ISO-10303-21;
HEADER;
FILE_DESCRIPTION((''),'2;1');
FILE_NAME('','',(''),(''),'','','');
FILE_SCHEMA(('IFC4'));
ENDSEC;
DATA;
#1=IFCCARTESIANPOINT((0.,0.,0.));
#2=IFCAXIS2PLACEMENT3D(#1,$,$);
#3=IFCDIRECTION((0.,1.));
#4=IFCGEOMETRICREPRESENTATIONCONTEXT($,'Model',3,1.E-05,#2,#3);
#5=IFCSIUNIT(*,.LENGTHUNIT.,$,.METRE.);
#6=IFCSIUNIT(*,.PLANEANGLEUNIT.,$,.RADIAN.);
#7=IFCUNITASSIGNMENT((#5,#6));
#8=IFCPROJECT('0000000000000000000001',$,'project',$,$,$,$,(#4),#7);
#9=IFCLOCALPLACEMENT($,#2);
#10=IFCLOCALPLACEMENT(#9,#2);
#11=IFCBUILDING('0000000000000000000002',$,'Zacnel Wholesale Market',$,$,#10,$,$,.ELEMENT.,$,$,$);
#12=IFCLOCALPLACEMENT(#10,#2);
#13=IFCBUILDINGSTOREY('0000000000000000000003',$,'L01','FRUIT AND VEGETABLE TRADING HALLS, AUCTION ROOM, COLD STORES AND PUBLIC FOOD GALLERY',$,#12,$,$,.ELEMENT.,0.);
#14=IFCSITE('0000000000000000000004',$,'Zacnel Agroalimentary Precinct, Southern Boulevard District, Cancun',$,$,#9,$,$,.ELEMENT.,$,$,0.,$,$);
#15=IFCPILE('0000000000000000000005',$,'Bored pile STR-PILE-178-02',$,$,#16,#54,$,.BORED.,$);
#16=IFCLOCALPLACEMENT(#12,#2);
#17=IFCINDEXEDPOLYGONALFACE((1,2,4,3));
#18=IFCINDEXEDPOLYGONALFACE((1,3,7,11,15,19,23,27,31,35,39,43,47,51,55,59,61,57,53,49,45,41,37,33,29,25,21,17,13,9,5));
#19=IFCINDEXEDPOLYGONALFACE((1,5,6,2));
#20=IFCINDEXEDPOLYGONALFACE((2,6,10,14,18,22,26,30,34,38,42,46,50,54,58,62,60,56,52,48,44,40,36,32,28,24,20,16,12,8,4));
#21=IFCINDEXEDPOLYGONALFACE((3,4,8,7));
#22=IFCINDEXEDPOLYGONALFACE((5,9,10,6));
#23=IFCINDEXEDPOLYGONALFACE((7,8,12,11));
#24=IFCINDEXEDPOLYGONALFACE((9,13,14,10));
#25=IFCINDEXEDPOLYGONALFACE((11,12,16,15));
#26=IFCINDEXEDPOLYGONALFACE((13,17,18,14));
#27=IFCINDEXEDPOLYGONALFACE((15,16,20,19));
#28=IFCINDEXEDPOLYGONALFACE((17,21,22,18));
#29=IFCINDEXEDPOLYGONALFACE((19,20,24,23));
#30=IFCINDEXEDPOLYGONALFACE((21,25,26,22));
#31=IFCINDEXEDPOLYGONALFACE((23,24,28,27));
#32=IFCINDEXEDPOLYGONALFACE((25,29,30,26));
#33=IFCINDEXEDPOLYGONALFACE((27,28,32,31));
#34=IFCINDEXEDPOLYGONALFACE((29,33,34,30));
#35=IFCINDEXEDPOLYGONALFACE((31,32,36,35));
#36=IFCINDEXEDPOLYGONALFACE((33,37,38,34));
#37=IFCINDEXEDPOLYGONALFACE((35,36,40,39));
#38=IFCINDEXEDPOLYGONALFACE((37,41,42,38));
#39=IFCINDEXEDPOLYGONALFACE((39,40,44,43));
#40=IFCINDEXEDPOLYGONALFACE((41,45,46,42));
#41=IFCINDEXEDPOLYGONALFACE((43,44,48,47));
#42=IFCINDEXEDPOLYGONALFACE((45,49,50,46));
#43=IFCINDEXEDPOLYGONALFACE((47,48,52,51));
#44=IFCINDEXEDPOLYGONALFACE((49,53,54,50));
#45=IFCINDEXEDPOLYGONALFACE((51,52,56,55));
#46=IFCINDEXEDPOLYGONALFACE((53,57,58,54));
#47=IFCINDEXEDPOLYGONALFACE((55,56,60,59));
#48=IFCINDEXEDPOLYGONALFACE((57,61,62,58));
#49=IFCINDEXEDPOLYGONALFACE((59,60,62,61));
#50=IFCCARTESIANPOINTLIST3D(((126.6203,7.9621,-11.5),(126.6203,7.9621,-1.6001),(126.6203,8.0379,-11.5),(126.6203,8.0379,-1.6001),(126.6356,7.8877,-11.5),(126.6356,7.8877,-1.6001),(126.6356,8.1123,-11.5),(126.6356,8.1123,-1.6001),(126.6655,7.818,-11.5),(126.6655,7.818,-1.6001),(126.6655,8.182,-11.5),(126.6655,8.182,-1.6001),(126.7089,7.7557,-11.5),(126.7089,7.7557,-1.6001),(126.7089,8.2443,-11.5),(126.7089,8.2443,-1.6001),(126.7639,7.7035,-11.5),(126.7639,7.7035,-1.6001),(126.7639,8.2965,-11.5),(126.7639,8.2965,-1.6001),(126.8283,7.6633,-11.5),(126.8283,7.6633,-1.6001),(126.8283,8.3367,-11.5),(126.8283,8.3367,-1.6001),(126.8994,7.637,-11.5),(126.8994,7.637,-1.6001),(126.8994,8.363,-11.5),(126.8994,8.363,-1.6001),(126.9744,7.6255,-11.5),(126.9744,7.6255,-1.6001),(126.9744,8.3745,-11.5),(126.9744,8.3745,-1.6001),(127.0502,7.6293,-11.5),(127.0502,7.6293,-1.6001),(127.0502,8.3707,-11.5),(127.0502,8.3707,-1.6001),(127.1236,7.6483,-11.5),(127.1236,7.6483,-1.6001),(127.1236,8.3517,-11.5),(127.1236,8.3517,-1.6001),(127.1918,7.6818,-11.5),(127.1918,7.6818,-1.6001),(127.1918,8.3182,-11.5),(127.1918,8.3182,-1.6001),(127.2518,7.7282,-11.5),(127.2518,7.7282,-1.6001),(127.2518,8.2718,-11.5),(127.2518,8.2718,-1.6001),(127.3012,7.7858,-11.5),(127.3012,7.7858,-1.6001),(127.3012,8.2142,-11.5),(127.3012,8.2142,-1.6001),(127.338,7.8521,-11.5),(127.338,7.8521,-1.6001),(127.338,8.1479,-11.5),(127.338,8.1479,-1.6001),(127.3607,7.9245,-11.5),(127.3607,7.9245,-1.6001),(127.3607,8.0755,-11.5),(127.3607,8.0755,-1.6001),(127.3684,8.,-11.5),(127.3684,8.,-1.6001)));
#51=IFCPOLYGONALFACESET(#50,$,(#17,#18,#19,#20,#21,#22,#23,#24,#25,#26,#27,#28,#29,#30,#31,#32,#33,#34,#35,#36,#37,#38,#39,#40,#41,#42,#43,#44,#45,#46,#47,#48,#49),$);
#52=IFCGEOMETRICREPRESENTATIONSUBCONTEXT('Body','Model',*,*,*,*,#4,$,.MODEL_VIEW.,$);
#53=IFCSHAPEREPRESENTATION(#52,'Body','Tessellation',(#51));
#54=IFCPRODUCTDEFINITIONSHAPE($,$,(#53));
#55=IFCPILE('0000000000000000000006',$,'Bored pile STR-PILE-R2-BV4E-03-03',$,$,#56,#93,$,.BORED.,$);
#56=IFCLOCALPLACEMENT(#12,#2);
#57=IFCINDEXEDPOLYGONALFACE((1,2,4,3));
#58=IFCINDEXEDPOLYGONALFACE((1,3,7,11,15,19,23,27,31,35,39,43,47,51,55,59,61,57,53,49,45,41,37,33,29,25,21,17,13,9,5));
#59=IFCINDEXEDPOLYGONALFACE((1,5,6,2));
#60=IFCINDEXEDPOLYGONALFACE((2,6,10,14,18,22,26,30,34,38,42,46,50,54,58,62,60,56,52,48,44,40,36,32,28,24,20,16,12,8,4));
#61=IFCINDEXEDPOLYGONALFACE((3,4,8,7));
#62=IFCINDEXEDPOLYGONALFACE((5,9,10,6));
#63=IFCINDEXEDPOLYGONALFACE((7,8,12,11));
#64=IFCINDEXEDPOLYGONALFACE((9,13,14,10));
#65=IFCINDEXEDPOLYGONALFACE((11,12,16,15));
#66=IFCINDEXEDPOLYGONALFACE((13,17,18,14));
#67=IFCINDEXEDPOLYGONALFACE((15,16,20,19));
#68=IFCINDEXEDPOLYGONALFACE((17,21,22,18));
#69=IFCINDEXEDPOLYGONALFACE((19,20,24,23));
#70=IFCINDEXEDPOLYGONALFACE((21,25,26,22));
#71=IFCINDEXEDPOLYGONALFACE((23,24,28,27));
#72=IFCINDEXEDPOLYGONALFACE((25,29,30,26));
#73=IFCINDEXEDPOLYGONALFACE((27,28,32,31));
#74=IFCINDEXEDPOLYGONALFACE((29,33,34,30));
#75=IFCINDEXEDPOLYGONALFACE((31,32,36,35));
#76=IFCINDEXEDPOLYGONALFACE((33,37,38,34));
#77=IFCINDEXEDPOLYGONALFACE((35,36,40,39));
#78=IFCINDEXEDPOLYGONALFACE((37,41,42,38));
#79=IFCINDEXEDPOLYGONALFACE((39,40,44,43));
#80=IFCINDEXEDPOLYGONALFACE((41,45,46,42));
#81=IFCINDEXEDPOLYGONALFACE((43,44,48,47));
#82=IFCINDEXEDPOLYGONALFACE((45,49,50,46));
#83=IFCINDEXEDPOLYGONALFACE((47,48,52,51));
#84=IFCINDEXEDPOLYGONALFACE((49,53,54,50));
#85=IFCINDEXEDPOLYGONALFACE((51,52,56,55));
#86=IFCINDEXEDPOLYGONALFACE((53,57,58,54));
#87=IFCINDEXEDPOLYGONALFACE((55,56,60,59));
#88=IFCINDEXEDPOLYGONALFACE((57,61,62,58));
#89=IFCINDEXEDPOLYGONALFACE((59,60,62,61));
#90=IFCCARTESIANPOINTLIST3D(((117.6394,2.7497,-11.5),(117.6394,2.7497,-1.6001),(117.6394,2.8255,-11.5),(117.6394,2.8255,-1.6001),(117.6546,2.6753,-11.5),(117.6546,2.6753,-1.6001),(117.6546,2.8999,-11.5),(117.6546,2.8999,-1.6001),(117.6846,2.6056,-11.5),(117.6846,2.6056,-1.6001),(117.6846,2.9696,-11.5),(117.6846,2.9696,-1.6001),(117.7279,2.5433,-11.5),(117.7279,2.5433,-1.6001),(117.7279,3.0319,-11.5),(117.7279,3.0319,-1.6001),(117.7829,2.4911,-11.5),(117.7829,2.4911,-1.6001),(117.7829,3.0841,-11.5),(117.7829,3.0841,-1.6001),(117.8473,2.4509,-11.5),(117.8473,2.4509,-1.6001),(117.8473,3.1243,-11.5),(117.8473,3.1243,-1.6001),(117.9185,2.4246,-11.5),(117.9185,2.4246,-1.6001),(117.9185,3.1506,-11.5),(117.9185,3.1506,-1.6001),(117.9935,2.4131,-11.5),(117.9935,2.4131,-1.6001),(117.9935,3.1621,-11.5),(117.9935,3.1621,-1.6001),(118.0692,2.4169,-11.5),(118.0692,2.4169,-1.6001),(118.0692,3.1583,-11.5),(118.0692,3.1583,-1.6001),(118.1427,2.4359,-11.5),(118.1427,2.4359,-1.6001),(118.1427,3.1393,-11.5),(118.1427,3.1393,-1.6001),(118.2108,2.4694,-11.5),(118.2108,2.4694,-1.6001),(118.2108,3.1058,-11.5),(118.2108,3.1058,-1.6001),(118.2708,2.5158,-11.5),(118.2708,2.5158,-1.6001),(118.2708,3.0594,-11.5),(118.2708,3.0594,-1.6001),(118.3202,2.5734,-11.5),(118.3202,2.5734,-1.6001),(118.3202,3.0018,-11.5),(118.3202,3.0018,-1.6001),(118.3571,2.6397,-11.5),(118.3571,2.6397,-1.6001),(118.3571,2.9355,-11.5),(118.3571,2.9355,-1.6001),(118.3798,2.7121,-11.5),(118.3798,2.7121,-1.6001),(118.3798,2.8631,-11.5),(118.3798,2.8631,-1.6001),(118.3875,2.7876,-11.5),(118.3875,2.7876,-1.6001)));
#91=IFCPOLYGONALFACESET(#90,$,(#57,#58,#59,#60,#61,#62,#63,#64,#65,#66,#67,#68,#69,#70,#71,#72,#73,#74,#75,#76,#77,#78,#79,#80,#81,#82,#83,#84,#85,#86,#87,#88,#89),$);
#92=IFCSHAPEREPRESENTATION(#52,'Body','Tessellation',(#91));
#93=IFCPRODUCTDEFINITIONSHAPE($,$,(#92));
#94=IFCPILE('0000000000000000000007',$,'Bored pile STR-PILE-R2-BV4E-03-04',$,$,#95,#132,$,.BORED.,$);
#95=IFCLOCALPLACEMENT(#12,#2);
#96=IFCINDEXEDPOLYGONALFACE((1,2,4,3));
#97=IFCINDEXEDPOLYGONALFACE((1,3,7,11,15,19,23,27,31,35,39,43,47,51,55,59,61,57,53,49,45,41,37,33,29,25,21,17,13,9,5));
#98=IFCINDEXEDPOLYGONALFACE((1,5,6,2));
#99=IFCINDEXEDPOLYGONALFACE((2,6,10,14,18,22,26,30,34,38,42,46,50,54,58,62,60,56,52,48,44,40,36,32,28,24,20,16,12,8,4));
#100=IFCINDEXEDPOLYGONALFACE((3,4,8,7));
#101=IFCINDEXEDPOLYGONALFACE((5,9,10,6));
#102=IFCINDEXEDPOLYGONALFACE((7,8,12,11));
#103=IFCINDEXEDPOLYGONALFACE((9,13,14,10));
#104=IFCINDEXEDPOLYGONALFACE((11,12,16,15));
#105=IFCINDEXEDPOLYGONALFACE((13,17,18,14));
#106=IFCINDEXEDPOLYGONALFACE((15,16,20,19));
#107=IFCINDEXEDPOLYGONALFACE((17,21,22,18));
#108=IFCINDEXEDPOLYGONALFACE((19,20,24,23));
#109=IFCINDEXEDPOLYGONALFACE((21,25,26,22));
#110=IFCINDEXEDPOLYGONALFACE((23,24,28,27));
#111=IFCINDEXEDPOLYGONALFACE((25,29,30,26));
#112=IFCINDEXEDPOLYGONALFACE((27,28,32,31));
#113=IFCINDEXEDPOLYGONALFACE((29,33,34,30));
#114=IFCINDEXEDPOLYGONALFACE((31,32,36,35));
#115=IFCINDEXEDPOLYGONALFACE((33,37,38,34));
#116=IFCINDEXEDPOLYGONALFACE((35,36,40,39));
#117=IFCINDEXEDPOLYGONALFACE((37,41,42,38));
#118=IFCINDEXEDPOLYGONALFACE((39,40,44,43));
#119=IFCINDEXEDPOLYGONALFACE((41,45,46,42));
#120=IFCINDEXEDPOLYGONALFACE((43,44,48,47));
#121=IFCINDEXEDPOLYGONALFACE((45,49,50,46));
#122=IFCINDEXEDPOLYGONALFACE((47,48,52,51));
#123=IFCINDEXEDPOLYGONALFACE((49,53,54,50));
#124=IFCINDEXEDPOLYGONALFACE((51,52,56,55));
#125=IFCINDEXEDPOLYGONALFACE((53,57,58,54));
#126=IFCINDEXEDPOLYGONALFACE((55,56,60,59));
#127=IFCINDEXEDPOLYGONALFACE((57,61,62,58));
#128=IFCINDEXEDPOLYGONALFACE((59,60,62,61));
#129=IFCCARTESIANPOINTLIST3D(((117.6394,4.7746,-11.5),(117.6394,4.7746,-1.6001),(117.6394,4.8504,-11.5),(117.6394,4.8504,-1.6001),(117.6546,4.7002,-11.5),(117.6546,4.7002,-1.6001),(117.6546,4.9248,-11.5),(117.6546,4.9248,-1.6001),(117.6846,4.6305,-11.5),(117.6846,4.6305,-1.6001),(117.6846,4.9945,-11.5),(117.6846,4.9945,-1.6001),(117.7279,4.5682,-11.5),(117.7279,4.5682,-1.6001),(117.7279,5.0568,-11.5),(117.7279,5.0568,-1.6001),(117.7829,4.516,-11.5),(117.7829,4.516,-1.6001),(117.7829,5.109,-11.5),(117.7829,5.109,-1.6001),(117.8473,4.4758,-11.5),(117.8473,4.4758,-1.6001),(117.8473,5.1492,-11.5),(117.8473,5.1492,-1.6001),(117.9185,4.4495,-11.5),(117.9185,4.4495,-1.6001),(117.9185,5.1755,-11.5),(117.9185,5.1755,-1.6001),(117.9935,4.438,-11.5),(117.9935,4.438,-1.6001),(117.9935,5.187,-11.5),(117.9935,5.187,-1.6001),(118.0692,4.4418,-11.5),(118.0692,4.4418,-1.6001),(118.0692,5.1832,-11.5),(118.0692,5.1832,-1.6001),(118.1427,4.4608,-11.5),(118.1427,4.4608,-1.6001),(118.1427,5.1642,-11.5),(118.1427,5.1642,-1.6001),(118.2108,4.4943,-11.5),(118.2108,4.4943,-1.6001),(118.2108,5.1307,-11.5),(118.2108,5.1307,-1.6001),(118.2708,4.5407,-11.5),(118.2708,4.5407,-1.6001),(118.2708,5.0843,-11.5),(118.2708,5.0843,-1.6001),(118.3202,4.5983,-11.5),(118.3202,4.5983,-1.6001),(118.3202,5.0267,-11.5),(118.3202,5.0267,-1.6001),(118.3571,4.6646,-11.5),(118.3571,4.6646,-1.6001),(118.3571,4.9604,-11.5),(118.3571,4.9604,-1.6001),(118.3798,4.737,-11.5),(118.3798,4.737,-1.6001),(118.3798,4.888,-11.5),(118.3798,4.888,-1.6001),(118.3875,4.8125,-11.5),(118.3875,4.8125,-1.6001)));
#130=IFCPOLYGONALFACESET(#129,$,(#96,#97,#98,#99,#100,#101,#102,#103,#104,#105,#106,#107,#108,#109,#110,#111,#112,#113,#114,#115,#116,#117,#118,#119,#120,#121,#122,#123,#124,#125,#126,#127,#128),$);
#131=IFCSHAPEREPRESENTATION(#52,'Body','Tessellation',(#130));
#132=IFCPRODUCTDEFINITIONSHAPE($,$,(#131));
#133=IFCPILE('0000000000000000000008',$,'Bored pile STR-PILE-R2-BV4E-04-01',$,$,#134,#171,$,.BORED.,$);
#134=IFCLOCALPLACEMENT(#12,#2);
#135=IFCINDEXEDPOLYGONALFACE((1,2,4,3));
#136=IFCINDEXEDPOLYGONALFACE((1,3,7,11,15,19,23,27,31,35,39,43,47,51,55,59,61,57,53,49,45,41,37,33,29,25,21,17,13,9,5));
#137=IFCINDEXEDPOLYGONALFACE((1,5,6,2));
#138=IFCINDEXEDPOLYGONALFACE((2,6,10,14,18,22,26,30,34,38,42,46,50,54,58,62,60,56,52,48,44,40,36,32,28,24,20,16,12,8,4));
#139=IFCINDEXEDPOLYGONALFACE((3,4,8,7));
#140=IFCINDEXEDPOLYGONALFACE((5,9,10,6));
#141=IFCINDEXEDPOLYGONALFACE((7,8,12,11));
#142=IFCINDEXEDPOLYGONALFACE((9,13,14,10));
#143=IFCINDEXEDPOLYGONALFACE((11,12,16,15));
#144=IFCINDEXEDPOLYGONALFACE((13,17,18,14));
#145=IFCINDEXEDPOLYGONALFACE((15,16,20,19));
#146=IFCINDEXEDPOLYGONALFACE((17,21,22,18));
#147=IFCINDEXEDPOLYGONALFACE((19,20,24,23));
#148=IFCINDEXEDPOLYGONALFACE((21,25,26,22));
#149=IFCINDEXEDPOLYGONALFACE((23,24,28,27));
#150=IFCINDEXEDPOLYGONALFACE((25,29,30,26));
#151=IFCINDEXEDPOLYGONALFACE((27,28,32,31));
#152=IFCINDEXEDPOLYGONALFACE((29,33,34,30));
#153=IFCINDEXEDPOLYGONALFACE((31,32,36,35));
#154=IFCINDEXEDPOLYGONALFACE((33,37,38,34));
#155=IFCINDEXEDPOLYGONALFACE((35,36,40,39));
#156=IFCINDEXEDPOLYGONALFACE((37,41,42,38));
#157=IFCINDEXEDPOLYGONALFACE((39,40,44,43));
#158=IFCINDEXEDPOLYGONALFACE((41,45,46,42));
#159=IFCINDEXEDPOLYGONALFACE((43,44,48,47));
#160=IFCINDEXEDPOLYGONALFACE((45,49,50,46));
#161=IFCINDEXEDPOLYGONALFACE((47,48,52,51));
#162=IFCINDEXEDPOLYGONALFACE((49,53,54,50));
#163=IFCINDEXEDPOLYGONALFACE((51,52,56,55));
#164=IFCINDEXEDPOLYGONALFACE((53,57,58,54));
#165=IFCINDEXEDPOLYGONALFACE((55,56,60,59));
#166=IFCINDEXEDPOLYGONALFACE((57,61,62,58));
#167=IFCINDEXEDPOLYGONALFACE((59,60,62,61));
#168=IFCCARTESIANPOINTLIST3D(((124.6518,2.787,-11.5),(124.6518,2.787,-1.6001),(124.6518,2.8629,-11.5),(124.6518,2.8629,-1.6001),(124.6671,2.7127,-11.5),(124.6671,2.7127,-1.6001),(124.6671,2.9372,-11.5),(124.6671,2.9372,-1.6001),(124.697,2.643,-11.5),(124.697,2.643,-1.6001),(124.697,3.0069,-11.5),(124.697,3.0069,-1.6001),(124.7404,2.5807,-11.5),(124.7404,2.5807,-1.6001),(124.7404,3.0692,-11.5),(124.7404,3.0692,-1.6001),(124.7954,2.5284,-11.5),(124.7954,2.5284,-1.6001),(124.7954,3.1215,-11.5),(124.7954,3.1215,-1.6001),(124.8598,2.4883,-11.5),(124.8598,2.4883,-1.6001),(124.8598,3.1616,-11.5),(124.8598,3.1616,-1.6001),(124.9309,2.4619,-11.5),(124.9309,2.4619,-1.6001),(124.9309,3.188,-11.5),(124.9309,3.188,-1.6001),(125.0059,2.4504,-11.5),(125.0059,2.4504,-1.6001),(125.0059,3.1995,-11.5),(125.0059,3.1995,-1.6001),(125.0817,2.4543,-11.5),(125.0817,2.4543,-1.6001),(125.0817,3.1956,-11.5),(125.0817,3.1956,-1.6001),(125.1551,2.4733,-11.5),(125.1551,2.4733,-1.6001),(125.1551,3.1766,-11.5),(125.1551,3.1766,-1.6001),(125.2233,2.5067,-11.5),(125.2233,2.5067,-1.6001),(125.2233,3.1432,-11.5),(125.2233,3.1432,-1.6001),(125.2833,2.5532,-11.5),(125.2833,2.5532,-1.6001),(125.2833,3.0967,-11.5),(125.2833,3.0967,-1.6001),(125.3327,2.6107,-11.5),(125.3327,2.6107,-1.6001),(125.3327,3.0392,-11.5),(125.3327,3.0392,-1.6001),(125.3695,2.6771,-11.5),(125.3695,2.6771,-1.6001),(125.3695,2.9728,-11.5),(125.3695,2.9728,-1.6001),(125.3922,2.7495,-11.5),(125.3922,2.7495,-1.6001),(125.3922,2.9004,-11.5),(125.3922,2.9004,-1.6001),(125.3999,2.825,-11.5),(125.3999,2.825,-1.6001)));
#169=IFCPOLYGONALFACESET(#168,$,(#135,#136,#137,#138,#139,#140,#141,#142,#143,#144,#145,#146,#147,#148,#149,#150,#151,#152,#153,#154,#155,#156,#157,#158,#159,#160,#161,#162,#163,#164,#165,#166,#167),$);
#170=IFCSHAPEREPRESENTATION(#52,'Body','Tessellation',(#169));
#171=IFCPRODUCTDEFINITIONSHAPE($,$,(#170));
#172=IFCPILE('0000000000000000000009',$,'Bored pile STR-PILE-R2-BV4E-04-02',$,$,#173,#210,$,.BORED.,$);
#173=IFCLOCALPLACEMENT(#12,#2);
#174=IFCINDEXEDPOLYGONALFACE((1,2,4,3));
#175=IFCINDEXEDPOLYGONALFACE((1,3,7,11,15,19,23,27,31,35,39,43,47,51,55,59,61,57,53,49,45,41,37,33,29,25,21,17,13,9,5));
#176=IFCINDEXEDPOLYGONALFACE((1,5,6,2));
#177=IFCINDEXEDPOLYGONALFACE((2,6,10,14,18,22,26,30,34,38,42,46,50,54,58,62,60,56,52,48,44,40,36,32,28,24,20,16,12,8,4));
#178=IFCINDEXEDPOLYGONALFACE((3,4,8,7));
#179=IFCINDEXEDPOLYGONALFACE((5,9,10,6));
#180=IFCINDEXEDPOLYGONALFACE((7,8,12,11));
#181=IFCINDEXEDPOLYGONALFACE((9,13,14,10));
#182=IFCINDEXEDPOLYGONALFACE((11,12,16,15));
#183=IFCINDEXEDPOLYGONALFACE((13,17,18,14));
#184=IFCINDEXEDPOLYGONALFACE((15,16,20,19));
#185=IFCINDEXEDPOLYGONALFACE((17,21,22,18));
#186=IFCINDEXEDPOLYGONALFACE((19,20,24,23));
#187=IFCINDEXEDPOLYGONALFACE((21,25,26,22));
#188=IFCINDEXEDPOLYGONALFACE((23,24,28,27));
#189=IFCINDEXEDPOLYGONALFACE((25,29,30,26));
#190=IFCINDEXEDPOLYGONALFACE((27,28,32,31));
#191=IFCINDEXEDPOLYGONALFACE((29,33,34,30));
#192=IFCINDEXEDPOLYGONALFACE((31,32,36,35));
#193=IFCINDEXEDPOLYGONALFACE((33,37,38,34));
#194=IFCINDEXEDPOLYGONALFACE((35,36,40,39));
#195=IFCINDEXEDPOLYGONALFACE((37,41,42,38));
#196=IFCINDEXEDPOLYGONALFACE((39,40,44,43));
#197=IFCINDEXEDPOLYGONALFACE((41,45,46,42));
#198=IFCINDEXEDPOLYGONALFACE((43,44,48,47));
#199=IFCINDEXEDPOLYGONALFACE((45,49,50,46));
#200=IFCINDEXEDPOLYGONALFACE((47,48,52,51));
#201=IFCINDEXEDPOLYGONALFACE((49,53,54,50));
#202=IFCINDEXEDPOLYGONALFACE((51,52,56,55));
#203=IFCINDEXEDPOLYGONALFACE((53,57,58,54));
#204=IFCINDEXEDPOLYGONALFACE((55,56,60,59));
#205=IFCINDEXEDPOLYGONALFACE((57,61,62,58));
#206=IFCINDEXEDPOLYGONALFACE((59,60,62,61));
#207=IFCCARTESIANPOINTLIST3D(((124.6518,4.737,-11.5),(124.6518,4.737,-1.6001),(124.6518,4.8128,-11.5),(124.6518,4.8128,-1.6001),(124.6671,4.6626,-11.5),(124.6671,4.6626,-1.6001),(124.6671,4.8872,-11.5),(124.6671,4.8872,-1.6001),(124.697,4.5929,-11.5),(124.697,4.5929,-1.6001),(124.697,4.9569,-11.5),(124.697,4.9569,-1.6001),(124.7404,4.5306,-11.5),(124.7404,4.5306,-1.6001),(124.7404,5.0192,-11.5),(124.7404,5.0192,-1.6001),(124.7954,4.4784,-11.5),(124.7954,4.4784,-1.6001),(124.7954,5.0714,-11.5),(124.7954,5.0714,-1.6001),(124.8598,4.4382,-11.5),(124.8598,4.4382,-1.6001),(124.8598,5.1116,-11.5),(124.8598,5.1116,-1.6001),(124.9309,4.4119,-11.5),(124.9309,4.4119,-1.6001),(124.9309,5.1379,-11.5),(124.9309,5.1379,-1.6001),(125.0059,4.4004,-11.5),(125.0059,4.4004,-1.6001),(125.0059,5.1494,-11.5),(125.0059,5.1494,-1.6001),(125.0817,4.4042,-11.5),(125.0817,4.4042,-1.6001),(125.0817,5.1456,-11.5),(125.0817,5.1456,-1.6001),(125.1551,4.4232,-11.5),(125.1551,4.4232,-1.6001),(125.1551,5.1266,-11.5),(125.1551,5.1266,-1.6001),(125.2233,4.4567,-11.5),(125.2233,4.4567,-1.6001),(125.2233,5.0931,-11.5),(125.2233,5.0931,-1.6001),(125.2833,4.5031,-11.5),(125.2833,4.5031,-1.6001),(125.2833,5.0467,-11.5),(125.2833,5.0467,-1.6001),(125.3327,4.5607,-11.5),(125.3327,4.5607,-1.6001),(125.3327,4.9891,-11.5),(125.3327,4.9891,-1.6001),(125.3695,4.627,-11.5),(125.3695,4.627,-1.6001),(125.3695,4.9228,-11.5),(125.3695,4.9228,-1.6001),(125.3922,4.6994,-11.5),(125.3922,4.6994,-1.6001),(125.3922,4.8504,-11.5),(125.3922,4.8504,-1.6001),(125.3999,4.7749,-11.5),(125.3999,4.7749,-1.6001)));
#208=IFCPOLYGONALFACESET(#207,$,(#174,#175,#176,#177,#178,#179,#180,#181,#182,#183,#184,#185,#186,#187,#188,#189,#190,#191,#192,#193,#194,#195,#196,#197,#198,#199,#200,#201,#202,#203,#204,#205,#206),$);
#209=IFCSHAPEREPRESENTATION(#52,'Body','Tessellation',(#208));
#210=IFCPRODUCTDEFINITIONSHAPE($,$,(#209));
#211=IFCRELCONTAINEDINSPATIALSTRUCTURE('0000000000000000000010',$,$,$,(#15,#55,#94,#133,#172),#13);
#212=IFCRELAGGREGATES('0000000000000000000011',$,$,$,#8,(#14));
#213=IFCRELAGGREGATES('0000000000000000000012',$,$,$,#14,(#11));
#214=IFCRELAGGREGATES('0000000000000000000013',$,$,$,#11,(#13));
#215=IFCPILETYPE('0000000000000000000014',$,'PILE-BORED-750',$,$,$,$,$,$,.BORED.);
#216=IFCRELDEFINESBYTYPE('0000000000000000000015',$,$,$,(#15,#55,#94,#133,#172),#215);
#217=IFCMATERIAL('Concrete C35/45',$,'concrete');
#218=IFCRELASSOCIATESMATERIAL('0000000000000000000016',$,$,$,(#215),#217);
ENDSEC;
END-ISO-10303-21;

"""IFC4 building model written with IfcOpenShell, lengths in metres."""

from ifc_helpers import new_model, si_unit, direction, frame, origin, origin_2d, place, context, subcontext, project, spatial, circle, extrude, material, material_profile, profile_set, type_object, element, save


model = new_model("IFC4")

# Units and contexts
model_context = context("Model", 3, precision=1e-05, world=origin(), true_north=direction((0.0, 1.0)))
body_context = subcontext(model_context, "Body", "Model", "MODEL_VIEW")
ifc_project = project(units=[si_unit("LENGTHUNIT", "METRE"), si_unit("PLANEANGLEUNIT", "RADIAN")], contexts=[model_context])

# Site, building, storey
site_placement = place(None, origin())
site = spatial("IfcSite", under=ifc_project, at=site_placement, Name="Zacnel Agroalimentary Precinct, Southern Boulevard District, Cancun", CompositionType="ELEMENT", RefElevation=0.0)
building_placement = place(site_placement, origin())
building = spatial("IfcBuilding", under=site, at=building_placement, Name="Zacnel Wholesale Market", CompositionType="ELEMENT")
storey_placement = place(building_placement, origin())
storey = spatial("IfcBuildingStorey", under=building, at=storey_placement, Name="L01", Description="FRUIT AND VEGETABLE TRADING HALLS, AUCTION ROOM, COLD STORES AND PUBLIC FOOD GALLERY", CompositionType="ELEMENT", Elevation=0.0)

# Piles
ifc_material_1 = material(Name="Concrete C35/45", Category="concrete")
ifc_material_profile_1 = material_profile(ifc_material_1, circle(Radius=0.375, at=origin_2d()), Name="BORED PILE D750")
ifc_profile_set_1 = profile_set([ifc_material_profile_1], Name="Concrete C35/45")
pile_type = type_object("IfcPileType", Name="PILE-BORED-750", PredefinedType="BORED", material=ifc_profile_set_1)
for number, where, z_axis, x_axis, name in (
    (1, (126.9934, 8.0, -1.6001), (0.0, 0.0, -1.0), (1.0, 0.0, 0.0), "Bored pile STR-PILE-178-02"),
    (2, (118.0125, 2.7876, -1.6001), (0.0, 0.0, -1.0), (1.0, 0.0, 0.0), "Bored pile STR-PILE-R2-BV4E-03-03"),
    (3, (118.0125, 4.8125, -1.6001), (0.0, 0.0, -1.0), (1.0, 0.0, 0.0), "Bored pile STR-PILE-R2-BV4E-03-04"),
    (4, (125.0249, 2.825, -1.6001), (0.0, 0.0, -1.0), (1.0, 0.0, 0.0), "Bored pile STR-PILE-R2-BV4E-04-01"),
    (5, (125.0249, 4.7749, -1.6001), (0.0, 0.0, -1.0), (1.0, 0.0, 0.0), "Bored pile STR-PILE-R2-BV4E-04-02"),
):
    element("IfcPile", number, at=place(storey_placement, frame(where, z_axis=z_axis, x_axis=x_axis)), inside=storey, type_object=pile_type, Name=name, PredefinedType="BORED", context=body_context, shape_type="SweptSolid", body=[
        extrude(circle(Radius=0.375, at=origin_2d()), origin(), (0.0, 0.0, 1.0), 9.8999),
    ])

save(model, "model.ifc")
